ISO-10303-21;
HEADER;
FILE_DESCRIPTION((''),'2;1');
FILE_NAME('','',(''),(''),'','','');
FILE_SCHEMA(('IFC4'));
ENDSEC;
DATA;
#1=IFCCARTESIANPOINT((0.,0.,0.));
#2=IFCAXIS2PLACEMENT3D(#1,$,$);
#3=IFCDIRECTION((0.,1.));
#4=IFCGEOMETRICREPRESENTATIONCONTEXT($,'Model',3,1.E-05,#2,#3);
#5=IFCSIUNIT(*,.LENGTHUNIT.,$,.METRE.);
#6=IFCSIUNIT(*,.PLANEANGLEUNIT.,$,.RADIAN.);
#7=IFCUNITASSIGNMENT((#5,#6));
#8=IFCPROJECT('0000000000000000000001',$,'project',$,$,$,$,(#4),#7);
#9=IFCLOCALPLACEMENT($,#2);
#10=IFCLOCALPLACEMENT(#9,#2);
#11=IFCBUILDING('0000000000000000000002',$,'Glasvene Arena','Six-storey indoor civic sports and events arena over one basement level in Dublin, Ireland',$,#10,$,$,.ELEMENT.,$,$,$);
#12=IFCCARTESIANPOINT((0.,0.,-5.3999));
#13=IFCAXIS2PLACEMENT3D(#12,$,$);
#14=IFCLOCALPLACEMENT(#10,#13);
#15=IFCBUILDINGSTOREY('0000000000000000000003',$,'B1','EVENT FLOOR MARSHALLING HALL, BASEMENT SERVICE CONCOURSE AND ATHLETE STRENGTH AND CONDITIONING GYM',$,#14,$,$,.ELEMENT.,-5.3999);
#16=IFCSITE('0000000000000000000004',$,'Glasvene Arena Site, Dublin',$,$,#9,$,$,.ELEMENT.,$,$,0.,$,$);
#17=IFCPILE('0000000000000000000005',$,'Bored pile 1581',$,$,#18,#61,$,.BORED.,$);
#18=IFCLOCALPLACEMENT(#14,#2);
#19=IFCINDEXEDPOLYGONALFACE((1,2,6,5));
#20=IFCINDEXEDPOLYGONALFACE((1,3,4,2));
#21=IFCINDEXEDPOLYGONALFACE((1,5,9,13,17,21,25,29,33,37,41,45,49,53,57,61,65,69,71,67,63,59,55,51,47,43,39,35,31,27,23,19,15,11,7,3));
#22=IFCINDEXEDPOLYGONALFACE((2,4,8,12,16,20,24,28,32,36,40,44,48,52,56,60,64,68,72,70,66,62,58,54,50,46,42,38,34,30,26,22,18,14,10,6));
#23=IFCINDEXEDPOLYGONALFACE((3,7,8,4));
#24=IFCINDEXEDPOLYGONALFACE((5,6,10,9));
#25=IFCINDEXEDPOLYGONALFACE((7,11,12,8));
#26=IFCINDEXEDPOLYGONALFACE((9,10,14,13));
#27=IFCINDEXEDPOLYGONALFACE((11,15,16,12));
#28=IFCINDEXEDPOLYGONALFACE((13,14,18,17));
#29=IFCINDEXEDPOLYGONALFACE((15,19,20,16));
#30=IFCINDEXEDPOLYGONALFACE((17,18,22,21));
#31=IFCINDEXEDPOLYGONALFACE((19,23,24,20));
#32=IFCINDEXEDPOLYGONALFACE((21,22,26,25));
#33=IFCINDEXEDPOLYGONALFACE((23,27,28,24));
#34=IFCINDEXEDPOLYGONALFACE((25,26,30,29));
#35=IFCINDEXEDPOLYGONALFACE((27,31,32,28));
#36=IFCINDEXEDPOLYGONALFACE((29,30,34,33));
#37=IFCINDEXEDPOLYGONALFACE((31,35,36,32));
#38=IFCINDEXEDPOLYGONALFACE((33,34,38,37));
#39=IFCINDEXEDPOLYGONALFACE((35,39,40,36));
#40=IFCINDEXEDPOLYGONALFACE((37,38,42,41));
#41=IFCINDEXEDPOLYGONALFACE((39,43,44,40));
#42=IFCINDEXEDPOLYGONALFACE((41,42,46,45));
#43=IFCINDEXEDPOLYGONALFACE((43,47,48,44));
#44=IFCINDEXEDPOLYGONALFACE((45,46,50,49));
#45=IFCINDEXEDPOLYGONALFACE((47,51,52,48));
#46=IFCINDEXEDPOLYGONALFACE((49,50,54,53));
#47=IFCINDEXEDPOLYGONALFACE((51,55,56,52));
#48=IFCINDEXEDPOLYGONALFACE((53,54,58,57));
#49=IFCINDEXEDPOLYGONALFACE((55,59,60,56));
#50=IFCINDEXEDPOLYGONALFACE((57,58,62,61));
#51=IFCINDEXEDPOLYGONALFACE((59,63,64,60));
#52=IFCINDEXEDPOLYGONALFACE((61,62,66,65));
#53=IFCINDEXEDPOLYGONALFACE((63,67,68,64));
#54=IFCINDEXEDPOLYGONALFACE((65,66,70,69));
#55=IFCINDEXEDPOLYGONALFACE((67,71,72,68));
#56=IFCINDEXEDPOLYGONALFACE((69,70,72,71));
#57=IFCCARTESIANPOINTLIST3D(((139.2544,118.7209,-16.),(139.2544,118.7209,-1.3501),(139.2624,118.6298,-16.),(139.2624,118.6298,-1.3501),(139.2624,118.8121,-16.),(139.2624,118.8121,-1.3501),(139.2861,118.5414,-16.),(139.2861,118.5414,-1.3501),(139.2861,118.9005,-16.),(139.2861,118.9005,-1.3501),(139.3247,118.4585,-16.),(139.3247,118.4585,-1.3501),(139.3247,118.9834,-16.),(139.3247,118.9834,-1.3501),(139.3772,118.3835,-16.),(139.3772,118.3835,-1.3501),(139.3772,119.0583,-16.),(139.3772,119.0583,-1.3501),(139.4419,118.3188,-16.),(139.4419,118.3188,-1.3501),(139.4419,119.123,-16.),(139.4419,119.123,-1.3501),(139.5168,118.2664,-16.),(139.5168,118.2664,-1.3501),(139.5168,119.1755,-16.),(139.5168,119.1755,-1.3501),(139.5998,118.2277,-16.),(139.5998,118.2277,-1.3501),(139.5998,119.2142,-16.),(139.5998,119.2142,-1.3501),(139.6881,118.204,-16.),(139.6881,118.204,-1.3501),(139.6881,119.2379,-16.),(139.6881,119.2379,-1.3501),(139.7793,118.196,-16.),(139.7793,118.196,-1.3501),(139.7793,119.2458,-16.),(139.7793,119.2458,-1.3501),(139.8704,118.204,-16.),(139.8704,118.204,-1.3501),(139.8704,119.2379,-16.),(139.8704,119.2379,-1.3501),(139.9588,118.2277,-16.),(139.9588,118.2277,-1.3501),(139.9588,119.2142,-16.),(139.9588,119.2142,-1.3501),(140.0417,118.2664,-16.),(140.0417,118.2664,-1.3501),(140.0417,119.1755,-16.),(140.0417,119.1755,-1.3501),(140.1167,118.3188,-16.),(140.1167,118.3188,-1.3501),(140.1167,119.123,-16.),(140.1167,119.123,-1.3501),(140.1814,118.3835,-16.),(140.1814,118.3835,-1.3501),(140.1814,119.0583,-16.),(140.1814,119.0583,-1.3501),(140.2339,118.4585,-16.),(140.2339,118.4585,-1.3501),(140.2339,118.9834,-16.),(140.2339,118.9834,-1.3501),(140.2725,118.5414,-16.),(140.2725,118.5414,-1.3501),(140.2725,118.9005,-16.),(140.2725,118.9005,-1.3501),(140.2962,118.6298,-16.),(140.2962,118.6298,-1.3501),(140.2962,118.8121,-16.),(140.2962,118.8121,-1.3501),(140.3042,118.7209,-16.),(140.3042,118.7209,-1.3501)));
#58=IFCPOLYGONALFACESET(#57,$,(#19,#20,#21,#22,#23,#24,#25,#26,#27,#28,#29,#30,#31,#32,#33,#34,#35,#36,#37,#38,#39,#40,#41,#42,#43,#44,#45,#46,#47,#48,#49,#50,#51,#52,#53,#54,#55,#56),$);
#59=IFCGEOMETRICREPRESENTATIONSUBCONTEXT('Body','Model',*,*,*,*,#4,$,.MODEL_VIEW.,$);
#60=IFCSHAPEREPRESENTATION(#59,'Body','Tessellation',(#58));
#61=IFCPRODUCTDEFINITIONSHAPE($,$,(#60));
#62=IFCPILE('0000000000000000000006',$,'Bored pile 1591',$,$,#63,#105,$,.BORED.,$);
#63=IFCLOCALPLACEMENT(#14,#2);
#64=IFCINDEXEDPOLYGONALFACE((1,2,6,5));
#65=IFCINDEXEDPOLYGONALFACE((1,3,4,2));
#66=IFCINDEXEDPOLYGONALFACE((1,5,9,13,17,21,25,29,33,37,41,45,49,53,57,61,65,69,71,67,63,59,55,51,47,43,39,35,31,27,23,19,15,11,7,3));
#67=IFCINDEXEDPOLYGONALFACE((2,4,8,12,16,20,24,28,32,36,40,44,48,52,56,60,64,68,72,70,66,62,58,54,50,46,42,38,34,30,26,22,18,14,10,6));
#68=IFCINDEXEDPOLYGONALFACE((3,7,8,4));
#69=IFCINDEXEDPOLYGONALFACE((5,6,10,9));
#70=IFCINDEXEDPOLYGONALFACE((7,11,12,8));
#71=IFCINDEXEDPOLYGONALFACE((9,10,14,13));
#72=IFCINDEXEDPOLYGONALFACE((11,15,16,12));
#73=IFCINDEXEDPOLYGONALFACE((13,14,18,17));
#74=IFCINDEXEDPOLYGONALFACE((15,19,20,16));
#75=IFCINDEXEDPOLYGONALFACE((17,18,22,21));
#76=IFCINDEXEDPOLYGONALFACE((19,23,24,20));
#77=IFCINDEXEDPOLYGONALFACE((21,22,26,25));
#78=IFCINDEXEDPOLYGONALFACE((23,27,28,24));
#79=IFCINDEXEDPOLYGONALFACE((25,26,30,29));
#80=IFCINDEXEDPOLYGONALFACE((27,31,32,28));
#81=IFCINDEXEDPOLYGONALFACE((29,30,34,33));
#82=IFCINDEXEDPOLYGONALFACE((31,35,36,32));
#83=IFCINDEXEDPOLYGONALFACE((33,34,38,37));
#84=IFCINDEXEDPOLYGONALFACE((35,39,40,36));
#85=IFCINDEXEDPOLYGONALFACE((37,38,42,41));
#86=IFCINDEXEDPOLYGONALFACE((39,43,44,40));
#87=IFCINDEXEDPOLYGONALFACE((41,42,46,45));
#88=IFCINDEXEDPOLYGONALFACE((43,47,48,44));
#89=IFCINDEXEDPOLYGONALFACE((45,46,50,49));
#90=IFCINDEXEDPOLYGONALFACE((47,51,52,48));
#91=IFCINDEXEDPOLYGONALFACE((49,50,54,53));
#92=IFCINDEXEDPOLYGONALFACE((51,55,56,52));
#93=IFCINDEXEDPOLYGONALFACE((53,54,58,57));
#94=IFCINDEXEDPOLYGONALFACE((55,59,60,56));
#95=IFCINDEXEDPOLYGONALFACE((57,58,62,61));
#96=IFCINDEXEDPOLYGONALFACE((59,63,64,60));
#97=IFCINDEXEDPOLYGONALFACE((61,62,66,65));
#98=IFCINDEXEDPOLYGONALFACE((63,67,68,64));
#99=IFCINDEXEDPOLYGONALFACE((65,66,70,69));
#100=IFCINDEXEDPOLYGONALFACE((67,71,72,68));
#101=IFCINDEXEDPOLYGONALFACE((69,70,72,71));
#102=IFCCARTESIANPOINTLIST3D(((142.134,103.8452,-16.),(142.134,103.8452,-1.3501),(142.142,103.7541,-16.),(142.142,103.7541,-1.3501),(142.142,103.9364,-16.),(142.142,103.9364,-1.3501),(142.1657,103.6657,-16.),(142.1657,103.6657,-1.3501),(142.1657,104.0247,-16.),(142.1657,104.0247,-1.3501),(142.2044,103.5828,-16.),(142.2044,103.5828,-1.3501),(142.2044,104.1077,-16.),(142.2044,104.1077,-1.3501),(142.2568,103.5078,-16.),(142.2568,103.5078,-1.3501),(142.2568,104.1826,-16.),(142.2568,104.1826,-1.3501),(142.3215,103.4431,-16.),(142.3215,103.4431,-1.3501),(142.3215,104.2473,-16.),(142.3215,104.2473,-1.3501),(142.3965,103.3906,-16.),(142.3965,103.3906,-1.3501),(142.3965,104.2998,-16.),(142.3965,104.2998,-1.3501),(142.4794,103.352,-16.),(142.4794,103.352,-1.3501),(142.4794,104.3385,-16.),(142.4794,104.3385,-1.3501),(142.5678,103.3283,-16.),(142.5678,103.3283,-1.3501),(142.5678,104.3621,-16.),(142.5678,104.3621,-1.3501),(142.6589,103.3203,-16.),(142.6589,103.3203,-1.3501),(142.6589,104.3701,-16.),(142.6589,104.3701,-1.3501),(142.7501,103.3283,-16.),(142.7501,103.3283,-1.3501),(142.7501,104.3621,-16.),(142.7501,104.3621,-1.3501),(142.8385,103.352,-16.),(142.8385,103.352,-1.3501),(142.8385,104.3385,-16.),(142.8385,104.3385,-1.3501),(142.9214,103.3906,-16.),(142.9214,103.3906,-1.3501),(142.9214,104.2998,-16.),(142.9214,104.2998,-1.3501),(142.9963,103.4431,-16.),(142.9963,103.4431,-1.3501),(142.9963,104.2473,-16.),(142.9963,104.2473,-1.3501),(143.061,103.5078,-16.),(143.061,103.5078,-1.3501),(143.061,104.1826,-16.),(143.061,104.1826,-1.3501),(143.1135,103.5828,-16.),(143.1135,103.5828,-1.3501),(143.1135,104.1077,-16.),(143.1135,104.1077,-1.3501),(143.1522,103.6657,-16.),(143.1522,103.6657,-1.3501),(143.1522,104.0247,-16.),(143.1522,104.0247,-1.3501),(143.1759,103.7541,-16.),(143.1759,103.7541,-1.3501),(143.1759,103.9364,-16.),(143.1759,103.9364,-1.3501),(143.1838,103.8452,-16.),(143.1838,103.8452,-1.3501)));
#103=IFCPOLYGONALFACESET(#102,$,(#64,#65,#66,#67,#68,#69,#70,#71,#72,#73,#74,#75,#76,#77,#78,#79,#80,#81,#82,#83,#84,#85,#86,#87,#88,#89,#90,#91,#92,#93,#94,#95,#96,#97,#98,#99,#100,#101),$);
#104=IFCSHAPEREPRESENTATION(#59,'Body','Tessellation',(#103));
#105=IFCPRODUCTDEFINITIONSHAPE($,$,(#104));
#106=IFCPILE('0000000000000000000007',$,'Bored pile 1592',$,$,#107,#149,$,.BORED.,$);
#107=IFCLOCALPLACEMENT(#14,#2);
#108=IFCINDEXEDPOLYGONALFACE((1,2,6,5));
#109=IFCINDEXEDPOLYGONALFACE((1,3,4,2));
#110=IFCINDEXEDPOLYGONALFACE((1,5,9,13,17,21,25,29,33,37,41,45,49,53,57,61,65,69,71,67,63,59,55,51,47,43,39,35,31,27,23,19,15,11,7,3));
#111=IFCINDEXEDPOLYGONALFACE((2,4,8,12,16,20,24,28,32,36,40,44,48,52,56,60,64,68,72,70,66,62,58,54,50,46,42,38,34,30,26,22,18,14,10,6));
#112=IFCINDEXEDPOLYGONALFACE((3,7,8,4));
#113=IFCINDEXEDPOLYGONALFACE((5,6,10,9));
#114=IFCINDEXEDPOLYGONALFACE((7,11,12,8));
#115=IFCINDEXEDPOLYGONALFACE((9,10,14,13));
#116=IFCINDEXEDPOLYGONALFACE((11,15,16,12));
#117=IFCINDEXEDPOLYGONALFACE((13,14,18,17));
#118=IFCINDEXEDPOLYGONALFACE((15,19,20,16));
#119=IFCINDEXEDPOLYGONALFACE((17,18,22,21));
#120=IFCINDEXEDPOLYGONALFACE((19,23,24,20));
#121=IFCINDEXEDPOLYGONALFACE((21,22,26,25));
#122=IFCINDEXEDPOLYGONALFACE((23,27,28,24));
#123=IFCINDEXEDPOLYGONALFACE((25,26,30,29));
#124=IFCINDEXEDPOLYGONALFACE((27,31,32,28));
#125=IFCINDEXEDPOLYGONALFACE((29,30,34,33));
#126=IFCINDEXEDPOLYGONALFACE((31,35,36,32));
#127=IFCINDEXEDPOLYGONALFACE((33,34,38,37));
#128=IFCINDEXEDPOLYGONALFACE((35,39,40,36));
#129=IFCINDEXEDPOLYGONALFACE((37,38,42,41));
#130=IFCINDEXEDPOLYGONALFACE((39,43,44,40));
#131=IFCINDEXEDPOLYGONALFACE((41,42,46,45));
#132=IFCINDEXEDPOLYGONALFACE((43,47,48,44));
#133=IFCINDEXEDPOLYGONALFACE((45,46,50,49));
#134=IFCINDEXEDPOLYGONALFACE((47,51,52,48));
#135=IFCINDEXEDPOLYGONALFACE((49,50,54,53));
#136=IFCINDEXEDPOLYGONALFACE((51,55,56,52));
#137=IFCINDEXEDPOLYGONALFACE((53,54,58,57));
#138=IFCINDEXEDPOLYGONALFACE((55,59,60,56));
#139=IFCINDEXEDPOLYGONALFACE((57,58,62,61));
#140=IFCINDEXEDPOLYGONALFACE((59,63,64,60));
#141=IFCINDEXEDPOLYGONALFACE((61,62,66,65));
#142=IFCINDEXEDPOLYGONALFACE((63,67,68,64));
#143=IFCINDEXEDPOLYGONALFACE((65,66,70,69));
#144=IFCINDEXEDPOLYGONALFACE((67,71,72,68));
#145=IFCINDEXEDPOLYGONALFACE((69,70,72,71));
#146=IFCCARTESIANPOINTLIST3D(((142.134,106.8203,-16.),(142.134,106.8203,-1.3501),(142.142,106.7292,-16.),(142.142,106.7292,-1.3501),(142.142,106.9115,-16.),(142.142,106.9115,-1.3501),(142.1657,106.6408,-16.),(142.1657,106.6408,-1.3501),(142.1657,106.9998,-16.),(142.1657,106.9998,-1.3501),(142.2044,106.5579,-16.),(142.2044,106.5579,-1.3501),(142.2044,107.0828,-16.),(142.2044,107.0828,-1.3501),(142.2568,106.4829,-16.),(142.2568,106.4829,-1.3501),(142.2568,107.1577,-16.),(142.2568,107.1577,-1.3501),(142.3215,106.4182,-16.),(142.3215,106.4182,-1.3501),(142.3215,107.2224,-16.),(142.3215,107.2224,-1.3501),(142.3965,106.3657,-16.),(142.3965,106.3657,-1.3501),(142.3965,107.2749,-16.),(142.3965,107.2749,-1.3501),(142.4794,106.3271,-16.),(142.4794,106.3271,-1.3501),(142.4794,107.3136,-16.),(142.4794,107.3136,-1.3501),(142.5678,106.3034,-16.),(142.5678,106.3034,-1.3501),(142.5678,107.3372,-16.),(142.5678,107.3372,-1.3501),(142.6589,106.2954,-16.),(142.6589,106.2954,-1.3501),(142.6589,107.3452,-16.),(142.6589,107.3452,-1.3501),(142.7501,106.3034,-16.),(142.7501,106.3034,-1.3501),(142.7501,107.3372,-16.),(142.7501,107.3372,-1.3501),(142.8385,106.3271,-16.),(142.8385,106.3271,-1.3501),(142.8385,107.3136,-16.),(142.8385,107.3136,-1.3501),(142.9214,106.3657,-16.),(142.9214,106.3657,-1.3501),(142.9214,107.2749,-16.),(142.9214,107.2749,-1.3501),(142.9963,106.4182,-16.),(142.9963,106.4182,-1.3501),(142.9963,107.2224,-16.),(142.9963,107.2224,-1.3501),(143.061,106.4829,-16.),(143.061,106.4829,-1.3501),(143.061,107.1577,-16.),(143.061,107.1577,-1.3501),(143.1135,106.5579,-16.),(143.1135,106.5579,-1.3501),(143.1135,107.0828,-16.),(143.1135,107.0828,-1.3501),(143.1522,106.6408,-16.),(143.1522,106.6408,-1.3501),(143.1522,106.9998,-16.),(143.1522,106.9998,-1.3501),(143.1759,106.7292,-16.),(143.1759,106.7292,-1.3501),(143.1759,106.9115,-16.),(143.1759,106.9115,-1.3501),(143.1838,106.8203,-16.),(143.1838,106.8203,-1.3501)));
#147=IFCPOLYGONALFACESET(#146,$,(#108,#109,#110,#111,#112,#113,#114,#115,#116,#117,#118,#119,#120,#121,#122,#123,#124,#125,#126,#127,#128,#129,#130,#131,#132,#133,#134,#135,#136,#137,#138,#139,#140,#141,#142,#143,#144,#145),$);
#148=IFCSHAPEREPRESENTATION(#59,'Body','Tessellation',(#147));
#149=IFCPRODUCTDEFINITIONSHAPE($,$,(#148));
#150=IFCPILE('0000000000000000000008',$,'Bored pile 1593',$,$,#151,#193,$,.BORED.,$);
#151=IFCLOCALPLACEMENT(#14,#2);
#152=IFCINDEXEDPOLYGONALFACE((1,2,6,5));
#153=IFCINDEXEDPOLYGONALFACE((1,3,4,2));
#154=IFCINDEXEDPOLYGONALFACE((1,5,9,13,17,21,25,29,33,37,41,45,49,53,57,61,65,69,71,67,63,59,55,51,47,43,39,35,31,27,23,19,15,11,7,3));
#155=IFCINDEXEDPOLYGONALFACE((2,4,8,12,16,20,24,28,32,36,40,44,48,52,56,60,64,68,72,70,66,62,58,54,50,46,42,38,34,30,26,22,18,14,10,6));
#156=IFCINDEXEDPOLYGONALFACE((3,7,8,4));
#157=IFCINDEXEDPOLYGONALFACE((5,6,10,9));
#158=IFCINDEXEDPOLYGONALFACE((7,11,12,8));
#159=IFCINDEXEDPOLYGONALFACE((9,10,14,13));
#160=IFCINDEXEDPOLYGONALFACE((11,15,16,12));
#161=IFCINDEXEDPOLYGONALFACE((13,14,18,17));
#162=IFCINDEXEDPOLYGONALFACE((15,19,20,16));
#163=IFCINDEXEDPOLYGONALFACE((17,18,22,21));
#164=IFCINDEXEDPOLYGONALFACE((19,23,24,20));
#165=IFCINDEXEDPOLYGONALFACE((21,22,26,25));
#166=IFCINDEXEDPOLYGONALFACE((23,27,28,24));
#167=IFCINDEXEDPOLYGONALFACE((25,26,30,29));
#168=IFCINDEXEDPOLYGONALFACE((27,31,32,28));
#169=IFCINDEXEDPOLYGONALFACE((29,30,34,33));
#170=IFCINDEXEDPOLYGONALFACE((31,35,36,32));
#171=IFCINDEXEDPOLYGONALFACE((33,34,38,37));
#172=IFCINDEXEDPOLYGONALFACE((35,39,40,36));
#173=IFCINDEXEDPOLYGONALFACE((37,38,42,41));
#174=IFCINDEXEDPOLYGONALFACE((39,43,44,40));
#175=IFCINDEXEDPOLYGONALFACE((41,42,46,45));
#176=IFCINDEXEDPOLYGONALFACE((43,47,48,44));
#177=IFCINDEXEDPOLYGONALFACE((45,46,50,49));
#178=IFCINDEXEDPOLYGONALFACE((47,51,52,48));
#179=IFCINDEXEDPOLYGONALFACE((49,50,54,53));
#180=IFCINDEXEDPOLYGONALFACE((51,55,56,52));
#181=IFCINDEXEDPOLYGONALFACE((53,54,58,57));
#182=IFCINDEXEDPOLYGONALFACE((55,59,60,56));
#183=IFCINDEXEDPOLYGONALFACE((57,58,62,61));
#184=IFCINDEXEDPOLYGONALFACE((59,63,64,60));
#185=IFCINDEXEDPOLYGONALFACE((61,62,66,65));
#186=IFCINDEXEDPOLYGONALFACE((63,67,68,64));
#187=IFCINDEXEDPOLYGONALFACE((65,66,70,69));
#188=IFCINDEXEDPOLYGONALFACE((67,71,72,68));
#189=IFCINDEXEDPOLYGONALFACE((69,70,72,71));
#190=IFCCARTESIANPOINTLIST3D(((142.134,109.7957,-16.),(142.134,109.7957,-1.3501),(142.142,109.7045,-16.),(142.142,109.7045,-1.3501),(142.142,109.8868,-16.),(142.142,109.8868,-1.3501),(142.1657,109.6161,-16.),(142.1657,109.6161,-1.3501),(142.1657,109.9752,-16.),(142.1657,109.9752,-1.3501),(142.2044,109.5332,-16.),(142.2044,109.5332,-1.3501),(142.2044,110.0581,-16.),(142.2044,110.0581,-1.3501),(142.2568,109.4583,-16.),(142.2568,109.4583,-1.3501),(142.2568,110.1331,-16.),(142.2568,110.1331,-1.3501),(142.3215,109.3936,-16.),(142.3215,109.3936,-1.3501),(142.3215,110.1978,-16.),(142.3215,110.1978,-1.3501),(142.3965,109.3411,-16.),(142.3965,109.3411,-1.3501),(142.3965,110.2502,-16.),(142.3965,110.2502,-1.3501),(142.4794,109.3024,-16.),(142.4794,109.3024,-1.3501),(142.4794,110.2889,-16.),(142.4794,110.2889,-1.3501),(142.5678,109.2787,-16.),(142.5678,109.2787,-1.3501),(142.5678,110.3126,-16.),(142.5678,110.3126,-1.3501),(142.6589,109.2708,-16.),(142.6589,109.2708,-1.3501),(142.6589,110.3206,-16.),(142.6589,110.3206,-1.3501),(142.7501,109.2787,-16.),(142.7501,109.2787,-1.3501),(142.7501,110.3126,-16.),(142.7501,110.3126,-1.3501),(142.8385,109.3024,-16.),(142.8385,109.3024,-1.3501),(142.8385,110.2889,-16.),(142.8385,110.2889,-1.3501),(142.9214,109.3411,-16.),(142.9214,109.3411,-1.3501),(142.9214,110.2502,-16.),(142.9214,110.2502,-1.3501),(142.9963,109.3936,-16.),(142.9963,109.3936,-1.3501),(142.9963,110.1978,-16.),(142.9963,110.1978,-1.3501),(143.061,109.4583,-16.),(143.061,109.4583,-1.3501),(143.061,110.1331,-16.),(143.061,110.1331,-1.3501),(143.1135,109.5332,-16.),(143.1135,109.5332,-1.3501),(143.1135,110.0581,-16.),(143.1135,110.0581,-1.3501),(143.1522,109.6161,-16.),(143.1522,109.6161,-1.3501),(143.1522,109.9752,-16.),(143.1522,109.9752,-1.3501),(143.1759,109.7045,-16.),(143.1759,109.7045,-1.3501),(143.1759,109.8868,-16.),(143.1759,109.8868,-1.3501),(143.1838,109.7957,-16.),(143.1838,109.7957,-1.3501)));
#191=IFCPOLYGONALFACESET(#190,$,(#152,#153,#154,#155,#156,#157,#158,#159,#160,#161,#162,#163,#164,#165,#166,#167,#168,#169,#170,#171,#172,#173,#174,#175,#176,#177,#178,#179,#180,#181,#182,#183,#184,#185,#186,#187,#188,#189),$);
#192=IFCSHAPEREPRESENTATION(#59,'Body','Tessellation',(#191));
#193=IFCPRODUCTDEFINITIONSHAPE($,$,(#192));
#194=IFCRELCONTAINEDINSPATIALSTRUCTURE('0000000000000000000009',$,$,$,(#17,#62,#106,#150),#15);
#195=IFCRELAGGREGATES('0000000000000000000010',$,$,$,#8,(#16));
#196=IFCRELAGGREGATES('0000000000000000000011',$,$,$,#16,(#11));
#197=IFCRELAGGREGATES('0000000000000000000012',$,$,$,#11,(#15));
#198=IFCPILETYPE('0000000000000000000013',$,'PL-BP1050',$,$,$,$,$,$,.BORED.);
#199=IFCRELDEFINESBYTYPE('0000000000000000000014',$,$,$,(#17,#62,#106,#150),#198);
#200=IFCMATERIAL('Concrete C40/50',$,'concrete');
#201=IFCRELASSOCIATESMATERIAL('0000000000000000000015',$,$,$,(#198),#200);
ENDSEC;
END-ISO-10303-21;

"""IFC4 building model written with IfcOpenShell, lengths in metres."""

from ifc_helpers import new_model, si_unit, direction, frame, origin, origin_2d, place, context, subcontext, project, spatial, circle, extrude, material, material_profile, profile_set, type_object, element, save


model = new_model("IFC4")

# Units and contexts
model_context = context("Model", 3, precision=1e-05, world=origin(), true_north=direction((0.0, 1.0)))
body_context = subcontext(model_context, "Body", "Model", "MODEL_VIEW")
ifc_project = project(units=[si_unit("LENGTHUNIT", "METRE"), si_unit("PLANEANGLEUNIT", "RADIAN")], contexts=[model_context])

# Site, building, storey
site_placement = place(None, origin())
site = spatial("IfcSite", under=ifc_project, at=site_placement, Name="Glasvene Arena Site, Dublin", CompositionType="ELEMENT", RefElevation=0.0)
building_placement = place(site_placement, origin())
building = spatial("IfcBuilding", under=site, at=building_placement, Name="Glasvene Arena", Description="Six-storey indoor civic sports and events arena over one basement level in Dublin, Ireland", CompositionType="ELEMENT")
storey_placement = place(building_placement, frame((0.0, 0.0, -5.3999)))
storey = spatial("IfcBuildingStorey", under=building, at=storey_placement, Name="B1", Description="EVENT FLOOR MARSHALLING HALL, BASEMENT SERVICE CONCOURSE AND ATHLETE STRENGTH AND CONDITIONING GYM", CompositionType="ELEMENT", Elevation=-5.3999)

# Shared definitions
ifc_material_1 = material(Name="Concrete C40/50", Category="concrete")

# Piles
ifc_material_profile_1 = material_profile(ifc_material_1, circle(Radius=0.5249, at=origin_2d()), Name="BORED PILE 1050")
ifc_profile_set_1 = profile_set([ifc_material_profile_1], Name="Concrete C40/50")
pile_type = type_object("IfcPileType", Name="PL-BP1050", PredefinedType="BORED", material=ifc_profile_set_1)
for number, where, z_axis, x_axis, name in (
    (1, (139.7793, 118.7209, -1.3501), (0.0, 0.0, -1.0), (1.0, 0.0, 0.0), "Bored pile 1581"),
    (2, (142.6589, 103.8452, -1.3501), (0.0, 0.0, -1.0), (1.0, 0.0, 0.0), "Bored pile 1591"),
    (3, (142.6589, 106.8203, -1.3501), (0.0, 0.0, -1.0), (1.0, 0.0, 0.0), "Bored pile 1592"),
    (4, (142.6589, 109.7957, -1.3501), (0.0, 0.0, -1.0), (1.0, 0.0, 0.0), "Bored pile 1593"),
):
    element("IfcPile", number, at=place(storey_placement, frame(where, z_axis=z_axis, x_axis=x_axis)), inside=storey, type_object=pile_type, Name=name, PredefinedType="BORED", context=body_context, shape_type="SweptSolid", body=[
        extrude(circle(Radius=0.5249, at=origin_2d()), origin(), (0.0, 0.0, 1.0), 14.6499),
    ])

save(model, "model.ifc")
